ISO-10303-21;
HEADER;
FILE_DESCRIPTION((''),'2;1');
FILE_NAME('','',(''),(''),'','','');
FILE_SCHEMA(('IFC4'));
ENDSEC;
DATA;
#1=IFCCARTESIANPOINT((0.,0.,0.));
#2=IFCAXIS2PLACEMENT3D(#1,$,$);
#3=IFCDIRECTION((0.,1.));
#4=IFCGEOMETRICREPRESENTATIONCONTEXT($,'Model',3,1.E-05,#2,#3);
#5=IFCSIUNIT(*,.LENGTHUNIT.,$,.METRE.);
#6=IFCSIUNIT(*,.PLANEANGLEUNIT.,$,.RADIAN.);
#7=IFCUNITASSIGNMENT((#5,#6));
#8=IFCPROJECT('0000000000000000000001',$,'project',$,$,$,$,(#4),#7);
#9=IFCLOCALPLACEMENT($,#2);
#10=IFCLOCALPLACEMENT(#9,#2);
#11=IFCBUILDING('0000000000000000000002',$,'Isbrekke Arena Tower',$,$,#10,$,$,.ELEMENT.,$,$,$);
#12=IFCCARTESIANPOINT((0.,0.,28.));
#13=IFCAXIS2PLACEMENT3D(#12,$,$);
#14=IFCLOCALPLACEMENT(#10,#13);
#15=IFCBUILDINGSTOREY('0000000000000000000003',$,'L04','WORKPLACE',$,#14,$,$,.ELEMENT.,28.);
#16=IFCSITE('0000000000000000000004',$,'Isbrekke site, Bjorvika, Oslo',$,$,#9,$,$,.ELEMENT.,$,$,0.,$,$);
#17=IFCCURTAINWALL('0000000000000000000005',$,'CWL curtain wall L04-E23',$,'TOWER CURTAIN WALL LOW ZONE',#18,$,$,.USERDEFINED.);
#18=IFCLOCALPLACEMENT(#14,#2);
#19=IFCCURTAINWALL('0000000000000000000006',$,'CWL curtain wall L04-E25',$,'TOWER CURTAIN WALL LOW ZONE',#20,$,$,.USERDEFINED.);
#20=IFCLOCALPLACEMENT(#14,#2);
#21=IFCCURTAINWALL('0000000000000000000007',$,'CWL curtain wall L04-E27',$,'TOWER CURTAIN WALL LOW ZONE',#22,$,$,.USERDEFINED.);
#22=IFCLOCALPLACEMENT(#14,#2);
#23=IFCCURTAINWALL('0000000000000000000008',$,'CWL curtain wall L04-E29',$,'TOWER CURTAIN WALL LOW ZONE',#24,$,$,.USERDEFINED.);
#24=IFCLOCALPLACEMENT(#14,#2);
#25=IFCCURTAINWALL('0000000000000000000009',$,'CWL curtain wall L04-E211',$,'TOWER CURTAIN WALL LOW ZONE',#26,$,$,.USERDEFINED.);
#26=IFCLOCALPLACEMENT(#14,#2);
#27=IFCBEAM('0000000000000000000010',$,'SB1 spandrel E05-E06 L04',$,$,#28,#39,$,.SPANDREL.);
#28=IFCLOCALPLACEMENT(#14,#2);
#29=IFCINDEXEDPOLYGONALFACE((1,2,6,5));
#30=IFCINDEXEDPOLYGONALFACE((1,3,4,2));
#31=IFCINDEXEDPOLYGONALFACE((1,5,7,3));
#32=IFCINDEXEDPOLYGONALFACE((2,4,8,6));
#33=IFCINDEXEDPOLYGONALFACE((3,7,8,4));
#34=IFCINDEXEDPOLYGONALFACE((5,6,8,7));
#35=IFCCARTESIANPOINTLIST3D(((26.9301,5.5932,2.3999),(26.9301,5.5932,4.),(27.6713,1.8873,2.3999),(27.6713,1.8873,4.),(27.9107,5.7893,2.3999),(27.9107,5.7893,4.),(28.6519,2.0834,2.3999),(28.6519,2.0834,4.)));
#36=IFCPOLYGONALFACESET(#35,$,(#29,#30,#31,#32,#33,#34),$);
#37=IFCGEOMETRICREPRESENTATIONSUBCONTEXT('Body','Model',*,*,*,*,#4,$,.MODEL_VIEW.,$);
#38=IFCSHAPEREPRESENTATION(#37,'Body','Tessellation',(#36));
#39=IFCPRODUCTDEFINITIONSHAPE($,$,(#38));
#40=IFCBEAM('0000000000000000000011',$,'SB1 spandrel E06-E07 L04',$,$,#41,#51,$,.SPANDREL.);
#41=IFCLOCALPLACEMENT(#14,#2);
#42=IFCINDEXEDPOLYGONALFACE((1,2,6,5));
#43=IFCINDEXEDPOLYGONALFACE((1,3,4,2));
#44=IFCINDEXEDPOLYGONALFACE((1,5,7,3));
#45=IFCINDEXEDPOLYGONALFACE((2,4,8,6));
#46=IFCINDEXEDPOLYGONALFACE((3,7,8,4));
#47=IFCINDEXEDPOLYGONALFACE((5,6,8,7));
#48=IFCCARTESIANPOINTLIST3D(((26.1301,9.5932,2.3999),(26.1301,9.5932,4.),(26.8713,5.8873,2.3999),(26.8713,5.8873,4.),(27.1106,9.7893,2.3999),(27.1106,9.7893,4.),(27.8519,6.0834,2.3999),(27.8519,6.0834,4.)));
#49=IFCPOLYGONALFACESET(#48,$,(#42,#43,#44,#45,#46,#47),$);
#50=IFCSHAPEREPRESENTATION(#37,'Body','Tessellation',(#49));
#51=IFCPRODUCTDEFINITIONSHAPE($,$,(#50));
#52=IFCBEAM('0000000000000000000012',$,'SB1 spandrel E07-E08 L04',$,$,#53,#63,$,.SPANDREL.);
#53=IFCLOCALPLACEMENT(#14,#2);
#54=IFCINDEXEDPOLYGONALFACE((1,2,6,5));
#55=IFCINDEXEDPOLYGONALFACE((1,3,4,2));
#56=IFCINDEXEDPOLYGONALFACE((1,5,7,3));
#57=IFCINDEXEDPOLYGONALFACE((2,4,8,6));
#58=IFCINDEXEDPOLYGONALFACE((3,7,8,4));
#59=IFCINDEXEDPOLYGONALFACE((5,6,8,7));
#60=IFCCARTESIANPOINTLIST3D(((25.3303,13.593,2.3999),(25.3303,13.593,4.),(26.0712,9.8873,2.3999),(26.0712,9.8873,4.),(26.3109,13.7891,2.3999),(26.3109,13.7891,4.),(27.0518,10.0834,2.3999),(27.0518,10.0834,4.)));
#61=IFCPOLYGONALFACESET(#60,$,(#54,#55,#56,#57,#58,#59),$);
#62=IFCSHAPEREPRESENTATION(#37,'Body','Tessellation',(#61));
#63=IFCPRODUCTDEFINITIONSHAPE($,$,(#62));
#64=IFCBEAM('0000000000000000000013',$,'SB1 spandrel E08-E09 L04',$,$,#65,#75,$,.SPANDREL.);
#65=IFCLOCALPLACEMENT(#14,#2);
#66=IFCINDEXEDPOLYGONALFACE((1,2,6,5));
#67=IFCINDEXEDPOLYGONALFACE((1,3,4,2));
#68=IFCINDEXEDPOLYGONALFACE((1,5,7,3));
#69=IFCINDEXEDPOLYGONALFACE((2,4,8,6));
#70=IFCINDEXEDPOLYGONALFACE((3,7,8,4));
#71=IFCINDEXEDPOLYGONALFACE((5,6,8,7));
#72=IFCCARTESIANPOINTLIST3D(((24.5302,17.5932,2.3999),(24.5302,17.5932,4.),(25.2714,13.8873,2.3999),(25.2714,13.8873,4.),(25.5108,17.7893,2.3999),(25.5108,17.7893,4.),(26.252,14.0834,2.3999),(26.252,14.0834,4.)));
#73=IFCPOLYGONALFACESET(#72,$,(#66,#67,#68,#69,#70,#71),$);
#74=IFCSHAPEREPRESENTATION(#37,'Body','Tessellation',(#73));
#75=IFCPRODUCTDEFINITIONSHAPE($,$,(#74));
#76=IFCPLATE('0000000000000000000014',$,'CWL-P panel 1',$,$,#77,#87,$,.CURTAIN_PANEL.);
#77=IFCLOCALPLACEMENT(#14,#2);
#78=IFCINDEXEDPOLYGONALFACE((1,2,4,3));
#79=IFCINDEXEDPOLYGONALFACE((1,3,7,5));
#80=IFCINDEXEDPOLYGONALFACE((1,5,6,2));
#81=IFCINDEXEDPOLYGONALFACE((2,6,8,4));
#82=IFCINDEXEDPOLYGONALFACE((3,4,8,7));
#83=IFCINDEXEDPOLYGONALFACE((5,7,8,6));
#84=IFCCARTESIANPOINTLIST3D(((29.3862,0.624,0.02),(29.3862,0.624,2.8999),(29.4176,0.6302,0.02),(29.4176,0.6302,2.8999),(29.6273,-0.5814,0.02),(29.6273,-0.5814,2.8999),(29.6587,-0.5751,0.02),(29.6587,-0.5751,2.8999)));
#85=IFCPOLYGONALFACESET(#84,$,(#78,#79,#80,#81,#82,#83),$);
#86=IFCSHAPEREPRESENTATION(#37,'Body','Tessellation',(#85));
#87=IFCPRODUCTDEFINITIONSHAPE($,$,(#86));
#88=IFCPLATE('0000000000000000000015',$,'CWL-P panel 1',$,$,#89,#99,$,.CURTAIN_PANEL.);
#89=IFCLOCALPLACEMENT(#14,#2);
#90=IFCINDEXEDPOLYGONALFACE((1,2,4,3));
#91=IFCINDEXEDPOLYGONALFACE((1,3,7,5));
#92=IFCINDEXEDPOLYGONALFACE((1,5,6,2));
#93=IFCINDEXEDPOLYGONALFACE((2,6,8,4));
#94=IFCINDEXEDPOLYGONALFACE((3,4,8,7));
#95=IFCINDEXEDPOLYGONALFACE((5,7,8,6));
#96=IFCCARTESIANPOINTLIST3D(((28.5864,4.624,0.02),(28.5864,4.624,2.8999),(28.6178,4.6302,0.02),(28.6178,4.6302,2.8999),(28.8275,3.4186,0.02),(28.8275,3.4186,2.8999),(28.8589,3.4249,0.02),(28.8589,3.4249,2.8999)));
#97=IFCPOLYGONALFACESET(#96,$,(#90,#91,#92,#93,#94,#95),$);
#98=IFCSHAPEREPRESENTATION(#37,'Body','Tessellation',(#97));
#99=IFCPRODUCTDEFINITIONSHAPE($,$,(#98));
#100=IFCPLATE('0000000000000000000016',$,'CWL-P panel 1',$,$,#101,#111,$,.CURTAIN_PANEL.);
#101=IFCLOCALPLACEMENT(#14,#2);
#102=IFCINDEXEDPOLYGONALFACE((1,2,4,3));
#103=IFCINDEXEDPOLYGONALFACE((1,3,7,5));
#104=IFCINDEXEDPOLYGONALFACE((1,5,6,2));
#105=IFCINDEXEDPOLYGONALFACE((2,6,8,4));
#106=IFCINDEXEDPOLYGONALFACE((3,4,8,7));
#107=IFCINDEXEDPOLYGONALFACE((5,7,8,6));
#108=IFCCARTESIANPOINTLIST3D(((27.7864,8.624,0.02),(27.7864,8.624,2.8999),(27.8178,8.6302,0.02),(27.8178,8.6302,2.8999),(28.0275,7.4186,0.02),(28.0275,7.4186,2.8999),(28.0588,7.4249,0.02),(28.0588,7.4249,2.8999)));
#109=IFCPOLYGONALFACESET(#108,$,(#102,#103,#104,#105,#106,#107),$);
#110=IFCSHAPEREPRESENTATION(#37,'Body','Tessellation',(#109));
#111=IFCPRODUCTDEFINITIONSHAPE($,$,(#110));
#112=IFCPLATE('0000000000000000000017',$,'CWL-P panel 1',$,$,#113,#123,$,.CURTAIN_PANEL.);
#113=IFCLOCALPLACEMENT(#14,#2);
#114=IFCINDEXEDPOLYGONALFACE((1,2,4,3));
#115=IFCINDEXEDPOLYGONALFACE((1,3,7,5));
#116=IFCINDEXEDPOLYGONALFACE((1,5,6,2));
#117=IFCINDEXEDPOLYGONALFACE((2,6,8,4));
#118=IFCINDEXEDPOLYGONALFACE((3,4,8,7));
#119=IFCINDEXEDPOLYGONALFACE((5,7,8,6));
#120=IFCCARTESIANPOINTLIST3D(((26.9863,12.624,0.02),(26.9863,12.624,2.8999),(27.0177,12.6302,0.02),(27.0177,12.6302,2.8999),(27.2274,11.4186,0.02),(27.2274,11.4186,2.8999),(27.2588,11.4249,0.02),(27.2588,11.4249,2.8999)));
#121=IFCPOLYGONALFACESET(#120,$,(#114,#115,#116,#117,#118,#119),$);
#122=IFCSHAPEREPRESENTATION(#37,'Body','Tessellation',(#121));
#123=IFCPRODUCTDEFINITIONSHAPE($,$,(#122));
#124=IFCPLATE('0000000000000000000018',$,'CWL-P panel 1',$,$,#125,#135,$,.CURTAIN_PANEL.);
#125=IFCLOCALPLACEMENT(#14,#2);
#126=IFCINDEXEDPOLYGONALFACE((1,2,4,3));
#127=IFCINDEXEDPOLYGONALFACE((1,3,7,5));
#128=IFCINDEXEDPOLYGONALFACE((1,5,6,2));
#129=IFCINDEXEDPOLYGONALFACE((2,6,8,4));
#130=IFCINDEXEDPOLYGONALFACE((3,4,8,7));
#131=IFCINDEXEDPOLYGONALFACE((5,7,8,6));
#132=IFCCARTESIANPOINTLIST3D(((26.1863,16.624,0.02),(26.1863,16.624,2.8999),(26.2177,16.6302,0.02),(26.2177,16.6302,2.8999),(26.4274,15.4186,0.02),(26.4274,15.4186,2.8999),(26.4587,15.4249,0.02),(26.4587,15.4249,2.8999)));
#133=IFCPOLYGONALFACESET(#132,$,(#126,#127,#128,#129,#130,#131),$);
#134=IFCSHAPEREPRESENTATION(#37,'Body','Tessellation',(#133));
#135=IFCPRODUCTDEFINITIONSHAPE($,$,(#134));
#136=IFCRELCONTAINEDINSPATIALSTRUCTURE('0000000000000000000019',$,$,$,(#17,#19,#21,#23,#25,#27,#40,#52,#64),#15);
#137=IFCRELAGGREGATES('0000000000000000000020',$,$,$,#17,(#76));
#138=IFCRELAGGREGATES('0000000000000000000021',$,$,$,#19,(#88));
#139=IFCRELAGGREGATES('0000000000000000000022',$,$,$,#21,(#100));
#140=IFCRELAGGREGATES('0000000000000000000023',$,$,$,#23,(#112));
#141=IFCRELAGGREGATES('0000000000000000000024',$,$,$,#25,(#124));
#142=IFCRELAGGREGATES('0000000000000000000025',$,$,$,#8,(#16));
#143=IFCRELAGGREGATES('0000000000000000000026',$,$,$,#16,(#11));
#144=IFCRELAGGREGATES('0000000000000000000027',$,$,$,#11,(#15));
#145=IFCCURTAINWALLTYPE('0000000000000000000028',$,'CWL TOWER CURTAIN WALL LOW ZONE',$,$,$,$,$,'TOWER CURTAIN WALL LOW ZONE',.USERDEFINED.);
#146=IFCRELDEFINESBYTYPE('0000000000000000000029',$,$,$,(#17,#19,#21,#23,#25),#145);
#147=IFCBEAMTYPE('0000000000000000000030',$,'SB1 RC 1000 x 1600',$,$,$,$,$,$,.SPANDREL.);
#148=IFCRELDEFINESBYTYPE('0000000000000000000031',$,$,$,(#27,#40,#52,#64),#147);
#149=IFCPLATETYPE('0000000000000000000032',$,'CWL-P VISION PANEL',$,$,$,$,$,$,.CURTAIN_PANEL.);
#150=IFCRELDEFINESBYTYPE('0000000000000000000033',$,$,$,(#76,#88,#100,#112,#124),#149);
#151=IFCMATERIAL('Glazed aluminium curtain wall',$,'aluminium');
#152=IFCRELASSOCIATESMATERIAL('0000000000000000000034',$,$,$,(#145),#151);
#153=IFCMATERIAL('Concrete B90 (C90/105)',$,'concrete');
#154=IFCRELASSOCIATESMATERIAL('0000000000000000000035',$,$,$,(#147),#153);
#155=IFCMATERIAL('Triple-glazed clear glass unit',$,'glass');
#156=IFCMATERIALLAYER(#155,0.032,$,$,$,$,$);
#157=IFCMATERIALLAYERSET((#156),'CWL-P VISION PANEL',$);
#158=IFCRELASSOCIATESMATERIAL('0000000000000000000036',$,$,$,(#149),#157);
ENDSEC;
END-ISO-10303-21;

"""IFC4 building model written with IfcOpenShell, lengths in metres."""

from ifc_helpers import new_model, si_unit, direction, frame, origin, origin_2d, place, context, subcontext, project, spatial, rectangle, extrude, material, layer, layer_set, material_profile, profile_set, type_object, element, aggregate, save


model = new_model("IFC4")

# Units and contexts
model_context = context("Model", 3, precision=1e-05, world=origin(), true_north=direction((0.0, 1.0)))
body_context = subcontext(model_context, "Body", "Model", "MODEL_VIEW")
ifc_project = project(units=[si_unit("LENGTHUNIT", "METRE"), si_unit("PLANEANGLEUNIT", "RADIAN")], contexts=[model_context])

# Site, building, storey
site_placement = place(None, origin())
site = spatial("IfcSite", under=ifc_project, at=site_placement, Name="Isbrekke site, Bjorvika, Oslo", CompositionType="ELEMENT", RefElevation=0.0)
building_placement = place(site_placement, origin())
building = spatial("IfcBuilding", under=site, at=building_placement, Name="Isbrekke Arena Tower", CompositionType="ELEMENT")
storey_placement = place(building_placement, frame((0.0, 0.0, 28.0)))
storey = spatial("IfcBuildingStorey", under=building, at=storey_placement, Name="L04", Description="WORKPLACE", CompositionType="ELEMENT", Elevation=28.0)

# Curtain wall
ifc_material_1 = material(Name="Glazed aluminium curtain wall", Category="aluminium")
curtain_wall_type = type_object("IfcCurtainWallType", Name="CWL TOWER CURTAIN WALL LOW ZONE", ElementType="TOWER CURTAIN WALL LOW ZONE", PredefinedType="USERDEFINED", material=ifc_material_1)
curtain_wall_1_placement = place(storey_placement, origin())
curtain_wall_1 = element("IfcCurtainWall", 1, at=curtain_wall_1_placement, inside=storey, type_object=curtain_wall_type, Name="CWL curtain wall L04-E23", ObjectType="TOWER CURTAIN WALL LOW ZONE", PredefinedType="USERDEFINED")

# Curtain walls
curtain_wall_2_placement = place(storey_placement, origin())
curtain_wall_2 = element("IfcCurtainWall", 2, at=curtain_wall_2_placement, inside=storey, type_object=curtain_wall_type, Name="CWL curtain wall L04-E25", ObjectType="TOWER CURTAIN WALL LOW ZONE", PredefinedType="USERDEFINED")
curtain_wall_3_placement = place(storey_placement, origin())
curtain_wall_3 = element("IfcCurtainWall", 3, at=curtain_wall_3_placement, inside=storey, type_object=curtain_wall_type, Name="CWL curtain wall L04-E27", ObjectType="TOWER CURTAIN WALL LOW ZONE", PredefinedType="USERDEFINED")
curtain_wall_4_placement = place(storey_placement, origin())
curtain_wall_4 = element("IfcCurtainWall", 4, at=curtain_wall_4_placement, inside=storey, type_object=curtain_wall_type, Name="CWL curtain wall L04-E29", ObjectType="TOWER CURTAIN WALL LOW ZONE", PredefinedType="USERDEFINED")
curtain_wall_5_placement = place(storey_placement, origin())
curtain_wall_5 = element("IfcCurtainWall", 5, at=curtain_wall_5_placement, inside=storey, type_object=curtain_wall_type, Name="CWL curtain wall L04-E211", ObjectType="TOWER CURTAIN WALL LOW ZONE", PredefinedType="USERDEFINED")

# Beams
ifc_material_2 = material(Name="Concrete B90 (C90/105)", Category="concrete")
ifc_material_profile_1 = material_profile(ifc_material_2, rectangle(XDim=1.0, YDim=1.6001, at=origin_2d()), Name="RC 1000x1600")
ifc_profile_set_1 = profile_set([ifc_material_profile_1], Name="Concrete B90 (C90/105)")
beam_type_1 = type_object("IfcBeamType", Name="SB1 RC 1000 x 1600", PredefinedType="SPANDREL", material=ifc_profile_set_1)
for number, where, z_axis, x_axis, name in (
    (6, (28.1616, 1.9854, 3.2), (-0.196129, 0.980578, 0.0), (-0.980578, -0.196129, 0.0), "SB1 spandrel E05-E06 L04"),
    (7, (27.3616, 5.9854, 3.2), (-0.196129, 0.980578, 0.0), (-0.980578, -0.196129, 0.0), "SB1 spandrel E06-E07 L04"),
):
    element("IfcBeam", number, at=place(storey_placement, frame(where, z_axis=z_axis, x_axis=x_axis)), inside=storey, type_object=beam_type_1, Name=name, PredefinedType="SPANDREL", context=body_context, shape_type="SweptSolid", body=[
        extrude(rectangle(XDim=1.0, YDim=1.6001, at=origin_2d()), origin(), (0.0, 0.0, 1.0), 3.7793),
    ])
beam_1_placement = place(storey_placement, frame((26.5615, 9.9854, 3.2), z_axis=(-0.196066, 0.980591, 0.0), x_axis=(-0.980591, -0.196066, 0.0)))
element("IfcBeam", 8, at=beam_1_placement, inside=storey, type_object=beam_type_1, Name="SB1 spandrel E07-E08 L04", PredefinedType="SPANDREL", context=body_context, shape_type="SweptSolid", body=[
    extrude(rectangle(XDim=1.0, YDim=1.6001, at=origin_2d()), origin(), (0.0, 0.0, 1.0), 3.7791),
])
beam_2_placement = place(storey_placement, frame((25.7617, 13.9854, 3.2), z_axis=(-0.196129, 0.980578, 0.0), x_axis=(-0.980578, -0.196129, 0.0)))
element("IfcBeam", 9, at=beam_2_placement, inside=storey, type_object=beam_type_1, Name="SB1 spandrel E08-E09 L04", PredefinedType="SPANDREL", context=body_context, shape_type="SweptSolid", body=[
    extrude(rectangle(XDim=1.0, YDim=1.6001, at=origin_2d()), origin(), (0.0, 0.0, 1.0), 3.7793),
])

# Plates
ifc_material_3 = material(Name="Triple-glazed clear glass unit", Category="glass")
ifc_layer = layer(ifc_material_3, 0.032)
ifc_layer_set = layer_set([ifc_layer], Name="CWL-P VISION PANEL")
plate_type = type_object("IfcPlateType", Name="CWL-P VISION PANEL", PredefinedType="CURTAIN_PANEL", material=ifc_layer_set)
plate_1_placement = place(storey_placement, frame((29.5225, 0.0244, 0.02), z_axis=(0.0, 0.0, 1.0), x_axis=(-0.196116, 0.980581, 0.0)))
plate_1 = element("IfcPlate", 10, at=plate_1_placement, type_object=plate_type, Name="CWL-P panel 1", PredefinedType="CURTAIN_PANEL", context=body_context, shape_type="SweptSolid", body=[
    extrude(rectangle(XDim=1.2292, YDim=0.032, at=origin_2d()), origin(), (0.0, 0.0, 1.0), 2.8799),
])
aggregate(curtain_wall_1, [plate_1])
plate_2_placement = place(storey_placement, frame((28.7227, 4.0244, 0.02), z_axis=(0.0, 0.0, 1.0), x_axis=(-0.196116, 0.980581, 0.0)))
plate_2 = element("IfcPlate", 11, at=plate_2_placement, type_object=plate_type, Name="CWL-P panel 1", PredefinedType="CURTAIN_PANEL", context=body_context, shape_type="SweptSolid", body=[
    extrude(rectangle(XDim=1.2292, YDim=0.032, at=origin_2d()), origin(), (0.0, 0.0, 1.0), 2.8799),
])
aggregate(curtain_wall_2, [plate_2])
plate_3_placement = place(storey_placement, frame((27.9226, 8.0244, 0.02), z_axis=(0.0, 0.0, 1.0), x_axis=(-0.196116, 0.980581, 0.0)))
plate_3 = element("IfcPlate", 12, at=plate_3_placement, type_object=plate_type, Name="CWL-P panel 1", PredefinedType="CURTAIN_PANEL", context=body_context, shape_type="SweptSolid", body=[
    extrude(rectangle(XDim=1.2292, YDim=0.032, at=origin_2d()), origin(), (0.0, 0.0, 1.0), 2.8799),
])
aggregate(curtain_wall_3, [plate_3])
plate_4_placement = place(storey_placement, frame((27.1226, 12.0244, 0.02), z_axis=(0.0, 0.0, 1.0), x_axis=(-0.196116, 0.980581, 0.0)))
plate_4 = element("IfcPlate", 13, at=plate_4_placement, type_object=plate_type, Name="CWL-P panel 1", PredefinedType="CURTAIN_PANEL", context=body_context, shape_type="SweptSolid", body=[
    extrude(rectangle(XDim=1.2292, YDim=0.032, at=origin_2d()), origin(), (0.0, 0.0, 1.0), 2.8799),
])
aggregate(curtain_wall_4, [plate_4])
plate_5_placement = place(storey_placement, frame((26.3225, 16.0244, 0.02), z_axis=(0.0, 0.0, 1.0), x_axis=(-0.196116, 0.980581, 0.0)))
plate_5 = element("IfcPlate", 14, at=plate_5_placement, type_object=plate_type, Name="CWL-P panel 1", PredefinedType="CURTAIN_PANEL", context=body_context, shape_type="SweptSolid", body=[
    extrude(rectangle(XDim=1.2292, YDim=0.032, at=origin_2d()), origin(), (0.0, 0.0, 1.0), 2.8799),
])
aggregate(curtain_wall_5, [plate_5])

save(model, "model.ifc")
